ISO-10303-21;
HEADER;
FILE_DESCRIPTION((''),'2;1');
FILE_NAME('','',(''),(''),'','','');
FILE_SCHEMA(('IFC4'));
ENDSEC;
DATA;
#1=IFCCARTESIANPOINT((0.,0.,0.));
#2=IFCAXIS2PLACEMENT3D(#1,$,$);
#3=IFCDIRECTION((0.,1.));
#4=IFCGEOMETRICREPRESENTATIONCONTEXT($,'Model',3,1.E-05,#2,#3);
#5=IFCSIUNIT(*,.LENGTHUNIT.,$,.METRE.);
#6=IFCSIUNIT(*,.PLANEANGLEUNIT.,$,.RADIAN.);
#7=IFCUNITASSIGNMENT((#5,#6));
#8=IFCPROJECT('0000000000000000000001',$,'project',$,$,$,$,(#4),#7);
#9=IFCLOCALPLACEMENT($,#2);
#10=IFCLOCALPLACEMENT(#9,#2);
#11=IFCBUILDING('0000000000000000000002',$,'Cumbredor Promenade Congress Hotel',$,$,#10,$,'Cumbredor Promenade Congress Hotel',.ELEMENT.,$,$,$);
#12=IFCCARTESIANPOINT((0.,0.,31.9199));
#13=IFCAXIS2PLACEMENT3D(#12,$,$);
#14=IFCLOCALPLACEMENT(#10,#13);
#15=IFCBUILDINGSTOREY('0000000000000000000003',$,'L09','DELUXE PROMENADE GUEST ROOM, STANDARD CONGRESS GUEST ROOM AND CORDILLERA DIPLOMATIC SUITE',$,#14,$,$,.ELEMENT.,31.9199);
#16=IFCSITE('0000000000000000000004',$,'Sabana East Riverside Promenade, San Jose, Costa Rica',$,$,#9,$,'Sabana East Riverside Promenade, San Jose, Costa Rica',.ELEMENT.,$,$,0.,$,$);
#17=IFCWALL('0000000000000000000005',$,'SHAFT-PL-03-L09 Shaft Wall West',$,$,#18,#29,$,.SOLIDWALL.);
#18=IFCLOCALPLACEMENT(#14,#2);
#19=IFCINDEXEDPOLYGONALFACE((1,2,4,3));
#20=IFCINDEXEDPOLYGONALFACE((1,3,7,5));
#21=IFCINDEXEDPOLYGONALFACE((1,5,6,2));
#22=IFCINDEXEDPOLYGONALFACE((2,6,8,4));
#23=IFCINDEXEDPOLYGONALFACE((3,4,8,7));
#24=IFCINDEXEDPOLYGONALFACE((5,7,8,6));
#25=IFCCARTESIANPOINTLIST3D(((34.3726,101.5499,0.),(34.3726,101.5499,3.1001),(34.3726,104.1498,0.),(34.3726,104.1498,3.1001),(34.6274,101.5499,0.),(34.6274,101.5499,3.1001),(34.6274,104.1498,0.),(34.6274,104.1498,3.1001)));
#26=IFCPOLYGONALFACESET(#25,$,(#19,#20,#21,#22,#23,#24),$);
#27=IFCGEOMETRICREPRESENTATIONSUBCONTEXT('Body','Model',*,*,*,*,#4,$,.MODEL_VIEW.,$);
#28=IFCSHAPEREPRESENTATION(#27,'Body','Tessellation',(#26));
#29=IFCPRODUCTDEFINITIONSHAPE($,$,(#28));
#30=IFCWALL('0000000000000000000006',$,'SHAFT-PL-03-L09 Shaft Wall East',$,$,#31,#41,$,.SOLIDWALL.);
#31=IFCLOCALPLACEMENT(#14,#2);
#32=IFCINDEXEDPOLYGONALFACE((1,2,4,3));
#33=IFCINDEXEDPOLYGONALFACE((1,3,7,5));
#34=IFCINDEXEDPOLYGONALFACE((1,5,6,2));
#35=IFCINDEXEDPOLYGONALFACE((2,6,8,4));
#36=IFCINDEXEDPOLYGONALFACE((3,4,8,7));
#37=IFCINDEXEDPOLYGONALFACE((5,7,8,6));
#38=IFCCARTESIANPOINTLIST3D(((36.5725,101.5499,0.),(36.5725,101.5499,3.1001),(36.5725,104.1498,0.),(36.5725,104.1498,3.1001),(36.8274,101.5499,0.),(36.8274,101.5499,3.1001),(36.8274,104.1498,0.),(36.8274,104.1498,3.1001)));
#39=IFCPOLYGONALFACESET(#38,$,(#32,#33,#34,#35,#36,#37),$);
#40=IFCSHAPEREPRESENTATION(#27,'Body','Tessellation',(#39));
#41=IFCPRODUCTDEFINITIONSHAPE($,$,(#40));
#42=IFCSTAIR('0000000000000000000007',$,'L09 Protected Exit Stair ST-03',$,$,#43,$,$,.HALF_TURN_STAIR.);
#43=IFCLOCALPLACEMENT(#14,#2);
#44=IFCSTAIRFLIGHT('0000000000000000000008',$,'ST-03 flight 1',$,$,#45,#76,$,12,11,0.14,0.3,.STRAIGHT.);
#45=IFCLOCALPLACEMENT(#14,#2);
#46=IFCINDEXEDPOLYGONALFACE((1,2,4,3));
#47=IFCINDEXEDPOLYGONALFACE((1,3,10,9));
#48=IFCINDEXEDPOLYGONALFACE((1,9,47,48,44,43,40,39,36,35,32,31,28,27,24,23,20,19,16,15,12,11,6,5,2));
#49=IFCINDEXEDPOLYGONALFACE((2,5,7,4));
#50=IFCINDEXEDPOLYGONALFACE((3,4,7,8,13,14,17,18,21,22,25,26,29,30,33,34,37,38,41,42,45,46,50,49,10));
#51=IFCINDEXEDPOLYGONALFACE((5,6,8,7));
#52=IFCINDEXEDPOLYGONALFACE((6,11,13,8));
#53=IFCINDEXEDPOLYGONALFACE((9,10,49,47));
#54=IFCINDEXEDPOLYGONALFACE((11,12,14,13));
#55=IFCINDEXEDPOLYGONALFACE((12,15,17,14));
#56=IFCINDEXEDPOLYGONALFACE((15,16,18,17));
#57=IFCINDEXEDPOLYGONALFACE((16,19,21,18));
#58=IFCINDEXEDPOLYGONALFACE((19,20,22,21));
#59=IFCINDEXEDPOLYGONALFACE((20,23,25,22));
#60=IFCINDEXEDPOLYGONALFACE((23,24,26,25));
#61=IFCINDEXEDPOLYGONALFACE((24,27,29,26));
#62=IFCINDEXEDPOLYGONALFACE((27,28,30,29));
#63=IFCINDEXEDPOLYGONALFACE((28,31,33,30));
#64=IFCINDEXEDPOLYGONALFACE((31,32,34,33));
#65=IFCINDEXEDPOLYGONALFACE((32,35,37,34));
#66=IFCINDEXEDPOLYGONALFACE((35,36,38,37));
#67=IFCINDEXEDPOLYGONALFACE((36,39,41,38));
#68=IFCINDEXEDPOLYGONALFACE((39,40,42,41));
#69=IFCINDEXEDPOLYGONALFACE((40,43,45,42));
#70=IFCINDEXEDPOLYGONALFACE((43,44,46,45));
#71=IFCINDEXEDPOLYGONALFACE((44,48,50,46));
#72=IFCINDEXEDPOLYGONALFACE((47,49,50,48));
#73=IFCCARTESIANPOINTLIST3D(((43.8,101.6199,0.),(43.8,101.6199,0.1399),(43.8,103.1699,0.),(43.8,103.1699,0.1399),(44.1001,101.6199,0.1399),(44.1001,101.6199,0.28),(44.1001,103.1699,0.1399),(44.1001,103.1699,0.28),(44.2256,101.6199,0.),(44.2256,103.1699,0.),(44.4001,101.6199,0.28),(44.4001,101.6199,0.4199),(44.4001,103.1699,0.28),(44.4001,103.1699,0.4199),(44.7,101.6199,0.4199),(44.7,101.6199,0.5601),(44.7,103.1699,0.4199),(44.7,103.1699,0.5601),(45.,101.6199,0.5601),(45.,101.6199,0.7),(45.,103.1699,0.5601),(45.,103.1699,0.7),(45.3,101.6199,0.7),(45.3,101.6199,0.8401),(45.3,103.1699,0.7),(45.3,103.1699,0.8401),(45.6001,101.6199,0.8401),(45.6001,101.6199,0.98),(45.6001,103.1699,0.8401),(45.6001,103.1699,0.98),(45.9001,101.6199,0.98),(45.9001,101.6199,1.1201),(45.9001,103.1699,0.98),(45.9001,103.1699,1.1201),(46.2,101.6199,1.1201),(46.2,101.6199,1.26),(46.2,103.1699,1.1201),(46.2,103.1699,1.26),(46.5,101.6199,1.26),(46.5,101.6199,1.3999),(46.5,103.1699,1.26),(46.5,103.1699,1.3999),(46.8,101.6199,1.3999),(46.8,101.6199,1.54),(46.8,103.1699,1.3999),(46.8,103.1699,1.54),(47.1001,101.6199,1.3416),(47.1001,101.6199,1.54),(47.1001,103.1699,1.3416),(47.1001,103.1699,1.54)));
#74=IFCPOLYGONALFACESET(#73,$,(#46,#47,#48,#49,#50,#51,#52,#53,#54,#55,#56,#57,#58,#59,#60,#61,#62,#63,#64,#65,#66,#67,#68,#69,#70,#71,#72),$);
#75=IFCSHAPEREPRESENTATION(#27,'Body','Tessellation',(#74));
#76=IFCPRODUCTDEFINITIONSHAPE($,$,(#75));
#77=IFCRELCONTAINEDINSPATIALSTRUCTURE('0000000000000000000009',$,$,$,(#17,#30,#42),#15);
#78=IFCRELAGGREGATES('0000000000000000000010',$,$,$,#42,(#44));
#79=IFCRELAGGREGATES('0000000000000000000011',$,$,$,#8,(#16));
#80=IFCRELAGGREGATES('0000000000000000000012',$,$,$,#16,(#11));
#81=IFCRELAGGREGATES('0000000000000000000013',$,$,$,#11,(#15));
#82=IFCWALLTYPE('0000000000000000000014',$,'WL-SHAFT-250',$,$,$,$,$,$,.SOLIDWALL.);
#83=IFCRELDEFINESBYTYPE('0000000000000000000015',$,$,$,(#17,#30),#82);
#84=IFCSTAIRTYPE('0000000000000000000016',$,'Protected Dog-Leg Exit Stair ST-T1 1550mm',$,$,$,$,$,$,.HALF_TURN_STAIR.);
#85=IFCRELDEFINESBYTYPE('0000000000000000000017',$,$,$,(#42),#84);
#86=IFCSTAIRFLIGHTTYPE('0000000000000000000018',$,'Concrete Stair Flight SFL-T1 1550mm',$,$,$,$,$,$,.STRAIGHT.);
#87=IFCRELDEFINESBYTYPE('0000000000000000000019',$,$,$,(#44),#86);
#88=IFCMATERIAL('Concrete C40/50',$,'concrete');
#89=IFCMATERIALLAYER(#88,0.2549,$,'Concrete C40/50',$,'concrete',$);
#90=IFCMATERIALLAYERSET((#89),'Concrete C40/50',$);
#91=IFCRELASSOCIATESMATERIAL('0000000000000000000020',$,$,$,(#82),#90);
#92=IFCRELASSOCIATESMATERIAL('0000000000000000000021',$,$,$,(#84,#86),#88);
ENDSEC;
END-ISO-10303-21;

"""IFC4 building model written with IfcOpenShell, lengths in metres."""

from ifc_helpers import new_model, si_unit, direction, frame, frame_2d, origin, place, context, subcontext, project, spatial, polyline, rectangle, outline, extrude, material, layer, layer_set, type_object, element, aggregate, save


model = new_model("IFC4")

# Units and contexts
model_context = context("Model", 3, precision=1e-05, world=origin(), true_north=direction((0.0, 1.0)))
body_context = subcontext(model_context, "Body", "Model", "MODEL_VIEW")
ifc_project = project(units=[si_unit("LENGTHUNIT", "METRE"), si_unit("PLANEANGLEUNIT", "RADIAN")], contexts=[model_context])

# Site, building, storey
site_placement = place(None, origin())
site = spatial("IfcSite", under=ifc_project, at=site_placement, Name="Sabana East Riverside Promenade, San Jose, Costa Rica", LongName="Sabana East Riverside Promenade, San Jose, Costa Rica", CompositionType="ELEMENT", RefElevation=0.0)
building_placement = place(site_placement, origin())
building = spatial("IfcBuilding", under=site, at=building_placement, Name="Cumbredor Promenade Congress Hotel", LongName="Cumbredor Promenade Congress Hotel", CompositionType="ELEMENT")
storey_placement = place(building_placement, frame((0.0, 0.0, 31.9199)))
storey = spatial("IfcBuildingStorey", under=building, at=storey_placement, Name="L09", Description="DELUXE PROMENADE GUEST ROOM, STANDARD CONGRESS GUEST ROOM AND CORDILLERA DIPLOMATIC SUITE", CompositionType="ELEMENT", Elevation=31.9199)

# Shared definitions
ifc_material_1 = material(Name="Concrete C40/50", Category="concrete")

# Walls
ifc_layer_1 = layer(ifc_material_1, 0.2549, Name="Concrete C40/50", Category="concrete")
ifc_layer_set_1 = layer_set([ifc_layer_1], Name="Concrete C40/50")
wall_type_1 = type_object("IfcWallType", Name="WL-SHAFT-250", PredefinedType="SOLIDWALL", material=ifc_layer_set_1)
for number, where, z_axis, x_axis, name in (
    (1, (34.5, 101.55, 0.0), (0.0, 0.0, 1.0), (0.0, 1.0, 0.0), "SHAFT-PL-03-L09 Shaft Wall West"),
    (2, (36.7, 101.55, 0.0), (0.0, 0.0, 1.0), (0.0, 1.0, 0.0), "SHAFT-PL-03-L09 Shaft Wall East"),
):
    element("IfcWall", number, at=place(storey_placement, frame(where, z_axis=z_axis, x_axis=x_axis)), inside=storey, type_object=wall_type_1, Name=name, PredefinedType="SOLIDWALL", context=body_context, shape_type="SweptSolid", body=[
        extrude(rectangle(XDim=2.5999, YDim=0.2549, at=frame_2d((1.2998, 0.0))), origin(), (0.0, 0.0, 1.0), 3.1001),
    ])

# Stair, stair flight
stair_type = type_object("IfcStairType", Name="Protected Dog-Leg Exit Stair ST-T1 1550mm", PredefinedType="HALF_TURN_STAIR", material=ifc_material_1)
stair_placement = place(storey_placement, origin())
stair = element("IfcStair", 3, at=stair_placement, inside=storey, type_object=stair_type, Name="L09 Protected Exit Stair ST-03", PredefinedType="HALF_TURN_STAIR")
stair_flight_type = type_object("IfcStairFlightType", Name="Concrete Stair Flight SFL-T1 1550mm", PredefinedType="STRAIGHT", material=ifc_material_1)
stair_flight_placement = place(storey_placement, frame((43.8, 102.395, 0.0), z_axis=(0.0, 0.0, 1.0), x_axis=(1.0, 0.0, 0.0)))
stair_flight = element("IfcStairFlight", 4, at=stair_flight_placement, type_object=stair_flight_type, Name="ST-03 flight 1", NumberOfRisers=12, NumberOfTreads=11, PredefinedType="STRAIGHT", RiserHeight=0.14, TreadLength=0.3, context=body_context, shape_type="SweptSolid", body=[
    extrude(outline(polyline([(0.0, 0.0), (0.0, 0.1399), (0.3, 0.1399), (0.3, 0.28), (0.6001, 0.28), (0.6001, 0.4199), (0.8999, 0.4199), (0.8999, 0.5601), (1.2, 0.5601), (1.2, 0.7), (1.5, 0.7), (1.5, 0.8401), (1.8, 0.8401), (1.8, 0.98), (2.1001, 0.98), (2.1001, 1.1201), (2.3999, 1.1201), (2.3999, 1.26), (2.7, 1.26), (2.7, 1.3999), (3.0, 1.3999), (3.0, 1.54), (3.3, 1.54), (3.3, 1.6799), (3.3, 1.3416), (0.4255, 0.0), (0.0, 0.0)])), frame((0.0, 0.7749, 0.0), z_axis=(0.0, -1.0, 0.0), x_axis=(1.0, 0.0, 0.0)), (0.0, 0.0, 1.0), 1.55),
])
aggregate(stair, [stair_flight])

save(model, "model.ifc")
